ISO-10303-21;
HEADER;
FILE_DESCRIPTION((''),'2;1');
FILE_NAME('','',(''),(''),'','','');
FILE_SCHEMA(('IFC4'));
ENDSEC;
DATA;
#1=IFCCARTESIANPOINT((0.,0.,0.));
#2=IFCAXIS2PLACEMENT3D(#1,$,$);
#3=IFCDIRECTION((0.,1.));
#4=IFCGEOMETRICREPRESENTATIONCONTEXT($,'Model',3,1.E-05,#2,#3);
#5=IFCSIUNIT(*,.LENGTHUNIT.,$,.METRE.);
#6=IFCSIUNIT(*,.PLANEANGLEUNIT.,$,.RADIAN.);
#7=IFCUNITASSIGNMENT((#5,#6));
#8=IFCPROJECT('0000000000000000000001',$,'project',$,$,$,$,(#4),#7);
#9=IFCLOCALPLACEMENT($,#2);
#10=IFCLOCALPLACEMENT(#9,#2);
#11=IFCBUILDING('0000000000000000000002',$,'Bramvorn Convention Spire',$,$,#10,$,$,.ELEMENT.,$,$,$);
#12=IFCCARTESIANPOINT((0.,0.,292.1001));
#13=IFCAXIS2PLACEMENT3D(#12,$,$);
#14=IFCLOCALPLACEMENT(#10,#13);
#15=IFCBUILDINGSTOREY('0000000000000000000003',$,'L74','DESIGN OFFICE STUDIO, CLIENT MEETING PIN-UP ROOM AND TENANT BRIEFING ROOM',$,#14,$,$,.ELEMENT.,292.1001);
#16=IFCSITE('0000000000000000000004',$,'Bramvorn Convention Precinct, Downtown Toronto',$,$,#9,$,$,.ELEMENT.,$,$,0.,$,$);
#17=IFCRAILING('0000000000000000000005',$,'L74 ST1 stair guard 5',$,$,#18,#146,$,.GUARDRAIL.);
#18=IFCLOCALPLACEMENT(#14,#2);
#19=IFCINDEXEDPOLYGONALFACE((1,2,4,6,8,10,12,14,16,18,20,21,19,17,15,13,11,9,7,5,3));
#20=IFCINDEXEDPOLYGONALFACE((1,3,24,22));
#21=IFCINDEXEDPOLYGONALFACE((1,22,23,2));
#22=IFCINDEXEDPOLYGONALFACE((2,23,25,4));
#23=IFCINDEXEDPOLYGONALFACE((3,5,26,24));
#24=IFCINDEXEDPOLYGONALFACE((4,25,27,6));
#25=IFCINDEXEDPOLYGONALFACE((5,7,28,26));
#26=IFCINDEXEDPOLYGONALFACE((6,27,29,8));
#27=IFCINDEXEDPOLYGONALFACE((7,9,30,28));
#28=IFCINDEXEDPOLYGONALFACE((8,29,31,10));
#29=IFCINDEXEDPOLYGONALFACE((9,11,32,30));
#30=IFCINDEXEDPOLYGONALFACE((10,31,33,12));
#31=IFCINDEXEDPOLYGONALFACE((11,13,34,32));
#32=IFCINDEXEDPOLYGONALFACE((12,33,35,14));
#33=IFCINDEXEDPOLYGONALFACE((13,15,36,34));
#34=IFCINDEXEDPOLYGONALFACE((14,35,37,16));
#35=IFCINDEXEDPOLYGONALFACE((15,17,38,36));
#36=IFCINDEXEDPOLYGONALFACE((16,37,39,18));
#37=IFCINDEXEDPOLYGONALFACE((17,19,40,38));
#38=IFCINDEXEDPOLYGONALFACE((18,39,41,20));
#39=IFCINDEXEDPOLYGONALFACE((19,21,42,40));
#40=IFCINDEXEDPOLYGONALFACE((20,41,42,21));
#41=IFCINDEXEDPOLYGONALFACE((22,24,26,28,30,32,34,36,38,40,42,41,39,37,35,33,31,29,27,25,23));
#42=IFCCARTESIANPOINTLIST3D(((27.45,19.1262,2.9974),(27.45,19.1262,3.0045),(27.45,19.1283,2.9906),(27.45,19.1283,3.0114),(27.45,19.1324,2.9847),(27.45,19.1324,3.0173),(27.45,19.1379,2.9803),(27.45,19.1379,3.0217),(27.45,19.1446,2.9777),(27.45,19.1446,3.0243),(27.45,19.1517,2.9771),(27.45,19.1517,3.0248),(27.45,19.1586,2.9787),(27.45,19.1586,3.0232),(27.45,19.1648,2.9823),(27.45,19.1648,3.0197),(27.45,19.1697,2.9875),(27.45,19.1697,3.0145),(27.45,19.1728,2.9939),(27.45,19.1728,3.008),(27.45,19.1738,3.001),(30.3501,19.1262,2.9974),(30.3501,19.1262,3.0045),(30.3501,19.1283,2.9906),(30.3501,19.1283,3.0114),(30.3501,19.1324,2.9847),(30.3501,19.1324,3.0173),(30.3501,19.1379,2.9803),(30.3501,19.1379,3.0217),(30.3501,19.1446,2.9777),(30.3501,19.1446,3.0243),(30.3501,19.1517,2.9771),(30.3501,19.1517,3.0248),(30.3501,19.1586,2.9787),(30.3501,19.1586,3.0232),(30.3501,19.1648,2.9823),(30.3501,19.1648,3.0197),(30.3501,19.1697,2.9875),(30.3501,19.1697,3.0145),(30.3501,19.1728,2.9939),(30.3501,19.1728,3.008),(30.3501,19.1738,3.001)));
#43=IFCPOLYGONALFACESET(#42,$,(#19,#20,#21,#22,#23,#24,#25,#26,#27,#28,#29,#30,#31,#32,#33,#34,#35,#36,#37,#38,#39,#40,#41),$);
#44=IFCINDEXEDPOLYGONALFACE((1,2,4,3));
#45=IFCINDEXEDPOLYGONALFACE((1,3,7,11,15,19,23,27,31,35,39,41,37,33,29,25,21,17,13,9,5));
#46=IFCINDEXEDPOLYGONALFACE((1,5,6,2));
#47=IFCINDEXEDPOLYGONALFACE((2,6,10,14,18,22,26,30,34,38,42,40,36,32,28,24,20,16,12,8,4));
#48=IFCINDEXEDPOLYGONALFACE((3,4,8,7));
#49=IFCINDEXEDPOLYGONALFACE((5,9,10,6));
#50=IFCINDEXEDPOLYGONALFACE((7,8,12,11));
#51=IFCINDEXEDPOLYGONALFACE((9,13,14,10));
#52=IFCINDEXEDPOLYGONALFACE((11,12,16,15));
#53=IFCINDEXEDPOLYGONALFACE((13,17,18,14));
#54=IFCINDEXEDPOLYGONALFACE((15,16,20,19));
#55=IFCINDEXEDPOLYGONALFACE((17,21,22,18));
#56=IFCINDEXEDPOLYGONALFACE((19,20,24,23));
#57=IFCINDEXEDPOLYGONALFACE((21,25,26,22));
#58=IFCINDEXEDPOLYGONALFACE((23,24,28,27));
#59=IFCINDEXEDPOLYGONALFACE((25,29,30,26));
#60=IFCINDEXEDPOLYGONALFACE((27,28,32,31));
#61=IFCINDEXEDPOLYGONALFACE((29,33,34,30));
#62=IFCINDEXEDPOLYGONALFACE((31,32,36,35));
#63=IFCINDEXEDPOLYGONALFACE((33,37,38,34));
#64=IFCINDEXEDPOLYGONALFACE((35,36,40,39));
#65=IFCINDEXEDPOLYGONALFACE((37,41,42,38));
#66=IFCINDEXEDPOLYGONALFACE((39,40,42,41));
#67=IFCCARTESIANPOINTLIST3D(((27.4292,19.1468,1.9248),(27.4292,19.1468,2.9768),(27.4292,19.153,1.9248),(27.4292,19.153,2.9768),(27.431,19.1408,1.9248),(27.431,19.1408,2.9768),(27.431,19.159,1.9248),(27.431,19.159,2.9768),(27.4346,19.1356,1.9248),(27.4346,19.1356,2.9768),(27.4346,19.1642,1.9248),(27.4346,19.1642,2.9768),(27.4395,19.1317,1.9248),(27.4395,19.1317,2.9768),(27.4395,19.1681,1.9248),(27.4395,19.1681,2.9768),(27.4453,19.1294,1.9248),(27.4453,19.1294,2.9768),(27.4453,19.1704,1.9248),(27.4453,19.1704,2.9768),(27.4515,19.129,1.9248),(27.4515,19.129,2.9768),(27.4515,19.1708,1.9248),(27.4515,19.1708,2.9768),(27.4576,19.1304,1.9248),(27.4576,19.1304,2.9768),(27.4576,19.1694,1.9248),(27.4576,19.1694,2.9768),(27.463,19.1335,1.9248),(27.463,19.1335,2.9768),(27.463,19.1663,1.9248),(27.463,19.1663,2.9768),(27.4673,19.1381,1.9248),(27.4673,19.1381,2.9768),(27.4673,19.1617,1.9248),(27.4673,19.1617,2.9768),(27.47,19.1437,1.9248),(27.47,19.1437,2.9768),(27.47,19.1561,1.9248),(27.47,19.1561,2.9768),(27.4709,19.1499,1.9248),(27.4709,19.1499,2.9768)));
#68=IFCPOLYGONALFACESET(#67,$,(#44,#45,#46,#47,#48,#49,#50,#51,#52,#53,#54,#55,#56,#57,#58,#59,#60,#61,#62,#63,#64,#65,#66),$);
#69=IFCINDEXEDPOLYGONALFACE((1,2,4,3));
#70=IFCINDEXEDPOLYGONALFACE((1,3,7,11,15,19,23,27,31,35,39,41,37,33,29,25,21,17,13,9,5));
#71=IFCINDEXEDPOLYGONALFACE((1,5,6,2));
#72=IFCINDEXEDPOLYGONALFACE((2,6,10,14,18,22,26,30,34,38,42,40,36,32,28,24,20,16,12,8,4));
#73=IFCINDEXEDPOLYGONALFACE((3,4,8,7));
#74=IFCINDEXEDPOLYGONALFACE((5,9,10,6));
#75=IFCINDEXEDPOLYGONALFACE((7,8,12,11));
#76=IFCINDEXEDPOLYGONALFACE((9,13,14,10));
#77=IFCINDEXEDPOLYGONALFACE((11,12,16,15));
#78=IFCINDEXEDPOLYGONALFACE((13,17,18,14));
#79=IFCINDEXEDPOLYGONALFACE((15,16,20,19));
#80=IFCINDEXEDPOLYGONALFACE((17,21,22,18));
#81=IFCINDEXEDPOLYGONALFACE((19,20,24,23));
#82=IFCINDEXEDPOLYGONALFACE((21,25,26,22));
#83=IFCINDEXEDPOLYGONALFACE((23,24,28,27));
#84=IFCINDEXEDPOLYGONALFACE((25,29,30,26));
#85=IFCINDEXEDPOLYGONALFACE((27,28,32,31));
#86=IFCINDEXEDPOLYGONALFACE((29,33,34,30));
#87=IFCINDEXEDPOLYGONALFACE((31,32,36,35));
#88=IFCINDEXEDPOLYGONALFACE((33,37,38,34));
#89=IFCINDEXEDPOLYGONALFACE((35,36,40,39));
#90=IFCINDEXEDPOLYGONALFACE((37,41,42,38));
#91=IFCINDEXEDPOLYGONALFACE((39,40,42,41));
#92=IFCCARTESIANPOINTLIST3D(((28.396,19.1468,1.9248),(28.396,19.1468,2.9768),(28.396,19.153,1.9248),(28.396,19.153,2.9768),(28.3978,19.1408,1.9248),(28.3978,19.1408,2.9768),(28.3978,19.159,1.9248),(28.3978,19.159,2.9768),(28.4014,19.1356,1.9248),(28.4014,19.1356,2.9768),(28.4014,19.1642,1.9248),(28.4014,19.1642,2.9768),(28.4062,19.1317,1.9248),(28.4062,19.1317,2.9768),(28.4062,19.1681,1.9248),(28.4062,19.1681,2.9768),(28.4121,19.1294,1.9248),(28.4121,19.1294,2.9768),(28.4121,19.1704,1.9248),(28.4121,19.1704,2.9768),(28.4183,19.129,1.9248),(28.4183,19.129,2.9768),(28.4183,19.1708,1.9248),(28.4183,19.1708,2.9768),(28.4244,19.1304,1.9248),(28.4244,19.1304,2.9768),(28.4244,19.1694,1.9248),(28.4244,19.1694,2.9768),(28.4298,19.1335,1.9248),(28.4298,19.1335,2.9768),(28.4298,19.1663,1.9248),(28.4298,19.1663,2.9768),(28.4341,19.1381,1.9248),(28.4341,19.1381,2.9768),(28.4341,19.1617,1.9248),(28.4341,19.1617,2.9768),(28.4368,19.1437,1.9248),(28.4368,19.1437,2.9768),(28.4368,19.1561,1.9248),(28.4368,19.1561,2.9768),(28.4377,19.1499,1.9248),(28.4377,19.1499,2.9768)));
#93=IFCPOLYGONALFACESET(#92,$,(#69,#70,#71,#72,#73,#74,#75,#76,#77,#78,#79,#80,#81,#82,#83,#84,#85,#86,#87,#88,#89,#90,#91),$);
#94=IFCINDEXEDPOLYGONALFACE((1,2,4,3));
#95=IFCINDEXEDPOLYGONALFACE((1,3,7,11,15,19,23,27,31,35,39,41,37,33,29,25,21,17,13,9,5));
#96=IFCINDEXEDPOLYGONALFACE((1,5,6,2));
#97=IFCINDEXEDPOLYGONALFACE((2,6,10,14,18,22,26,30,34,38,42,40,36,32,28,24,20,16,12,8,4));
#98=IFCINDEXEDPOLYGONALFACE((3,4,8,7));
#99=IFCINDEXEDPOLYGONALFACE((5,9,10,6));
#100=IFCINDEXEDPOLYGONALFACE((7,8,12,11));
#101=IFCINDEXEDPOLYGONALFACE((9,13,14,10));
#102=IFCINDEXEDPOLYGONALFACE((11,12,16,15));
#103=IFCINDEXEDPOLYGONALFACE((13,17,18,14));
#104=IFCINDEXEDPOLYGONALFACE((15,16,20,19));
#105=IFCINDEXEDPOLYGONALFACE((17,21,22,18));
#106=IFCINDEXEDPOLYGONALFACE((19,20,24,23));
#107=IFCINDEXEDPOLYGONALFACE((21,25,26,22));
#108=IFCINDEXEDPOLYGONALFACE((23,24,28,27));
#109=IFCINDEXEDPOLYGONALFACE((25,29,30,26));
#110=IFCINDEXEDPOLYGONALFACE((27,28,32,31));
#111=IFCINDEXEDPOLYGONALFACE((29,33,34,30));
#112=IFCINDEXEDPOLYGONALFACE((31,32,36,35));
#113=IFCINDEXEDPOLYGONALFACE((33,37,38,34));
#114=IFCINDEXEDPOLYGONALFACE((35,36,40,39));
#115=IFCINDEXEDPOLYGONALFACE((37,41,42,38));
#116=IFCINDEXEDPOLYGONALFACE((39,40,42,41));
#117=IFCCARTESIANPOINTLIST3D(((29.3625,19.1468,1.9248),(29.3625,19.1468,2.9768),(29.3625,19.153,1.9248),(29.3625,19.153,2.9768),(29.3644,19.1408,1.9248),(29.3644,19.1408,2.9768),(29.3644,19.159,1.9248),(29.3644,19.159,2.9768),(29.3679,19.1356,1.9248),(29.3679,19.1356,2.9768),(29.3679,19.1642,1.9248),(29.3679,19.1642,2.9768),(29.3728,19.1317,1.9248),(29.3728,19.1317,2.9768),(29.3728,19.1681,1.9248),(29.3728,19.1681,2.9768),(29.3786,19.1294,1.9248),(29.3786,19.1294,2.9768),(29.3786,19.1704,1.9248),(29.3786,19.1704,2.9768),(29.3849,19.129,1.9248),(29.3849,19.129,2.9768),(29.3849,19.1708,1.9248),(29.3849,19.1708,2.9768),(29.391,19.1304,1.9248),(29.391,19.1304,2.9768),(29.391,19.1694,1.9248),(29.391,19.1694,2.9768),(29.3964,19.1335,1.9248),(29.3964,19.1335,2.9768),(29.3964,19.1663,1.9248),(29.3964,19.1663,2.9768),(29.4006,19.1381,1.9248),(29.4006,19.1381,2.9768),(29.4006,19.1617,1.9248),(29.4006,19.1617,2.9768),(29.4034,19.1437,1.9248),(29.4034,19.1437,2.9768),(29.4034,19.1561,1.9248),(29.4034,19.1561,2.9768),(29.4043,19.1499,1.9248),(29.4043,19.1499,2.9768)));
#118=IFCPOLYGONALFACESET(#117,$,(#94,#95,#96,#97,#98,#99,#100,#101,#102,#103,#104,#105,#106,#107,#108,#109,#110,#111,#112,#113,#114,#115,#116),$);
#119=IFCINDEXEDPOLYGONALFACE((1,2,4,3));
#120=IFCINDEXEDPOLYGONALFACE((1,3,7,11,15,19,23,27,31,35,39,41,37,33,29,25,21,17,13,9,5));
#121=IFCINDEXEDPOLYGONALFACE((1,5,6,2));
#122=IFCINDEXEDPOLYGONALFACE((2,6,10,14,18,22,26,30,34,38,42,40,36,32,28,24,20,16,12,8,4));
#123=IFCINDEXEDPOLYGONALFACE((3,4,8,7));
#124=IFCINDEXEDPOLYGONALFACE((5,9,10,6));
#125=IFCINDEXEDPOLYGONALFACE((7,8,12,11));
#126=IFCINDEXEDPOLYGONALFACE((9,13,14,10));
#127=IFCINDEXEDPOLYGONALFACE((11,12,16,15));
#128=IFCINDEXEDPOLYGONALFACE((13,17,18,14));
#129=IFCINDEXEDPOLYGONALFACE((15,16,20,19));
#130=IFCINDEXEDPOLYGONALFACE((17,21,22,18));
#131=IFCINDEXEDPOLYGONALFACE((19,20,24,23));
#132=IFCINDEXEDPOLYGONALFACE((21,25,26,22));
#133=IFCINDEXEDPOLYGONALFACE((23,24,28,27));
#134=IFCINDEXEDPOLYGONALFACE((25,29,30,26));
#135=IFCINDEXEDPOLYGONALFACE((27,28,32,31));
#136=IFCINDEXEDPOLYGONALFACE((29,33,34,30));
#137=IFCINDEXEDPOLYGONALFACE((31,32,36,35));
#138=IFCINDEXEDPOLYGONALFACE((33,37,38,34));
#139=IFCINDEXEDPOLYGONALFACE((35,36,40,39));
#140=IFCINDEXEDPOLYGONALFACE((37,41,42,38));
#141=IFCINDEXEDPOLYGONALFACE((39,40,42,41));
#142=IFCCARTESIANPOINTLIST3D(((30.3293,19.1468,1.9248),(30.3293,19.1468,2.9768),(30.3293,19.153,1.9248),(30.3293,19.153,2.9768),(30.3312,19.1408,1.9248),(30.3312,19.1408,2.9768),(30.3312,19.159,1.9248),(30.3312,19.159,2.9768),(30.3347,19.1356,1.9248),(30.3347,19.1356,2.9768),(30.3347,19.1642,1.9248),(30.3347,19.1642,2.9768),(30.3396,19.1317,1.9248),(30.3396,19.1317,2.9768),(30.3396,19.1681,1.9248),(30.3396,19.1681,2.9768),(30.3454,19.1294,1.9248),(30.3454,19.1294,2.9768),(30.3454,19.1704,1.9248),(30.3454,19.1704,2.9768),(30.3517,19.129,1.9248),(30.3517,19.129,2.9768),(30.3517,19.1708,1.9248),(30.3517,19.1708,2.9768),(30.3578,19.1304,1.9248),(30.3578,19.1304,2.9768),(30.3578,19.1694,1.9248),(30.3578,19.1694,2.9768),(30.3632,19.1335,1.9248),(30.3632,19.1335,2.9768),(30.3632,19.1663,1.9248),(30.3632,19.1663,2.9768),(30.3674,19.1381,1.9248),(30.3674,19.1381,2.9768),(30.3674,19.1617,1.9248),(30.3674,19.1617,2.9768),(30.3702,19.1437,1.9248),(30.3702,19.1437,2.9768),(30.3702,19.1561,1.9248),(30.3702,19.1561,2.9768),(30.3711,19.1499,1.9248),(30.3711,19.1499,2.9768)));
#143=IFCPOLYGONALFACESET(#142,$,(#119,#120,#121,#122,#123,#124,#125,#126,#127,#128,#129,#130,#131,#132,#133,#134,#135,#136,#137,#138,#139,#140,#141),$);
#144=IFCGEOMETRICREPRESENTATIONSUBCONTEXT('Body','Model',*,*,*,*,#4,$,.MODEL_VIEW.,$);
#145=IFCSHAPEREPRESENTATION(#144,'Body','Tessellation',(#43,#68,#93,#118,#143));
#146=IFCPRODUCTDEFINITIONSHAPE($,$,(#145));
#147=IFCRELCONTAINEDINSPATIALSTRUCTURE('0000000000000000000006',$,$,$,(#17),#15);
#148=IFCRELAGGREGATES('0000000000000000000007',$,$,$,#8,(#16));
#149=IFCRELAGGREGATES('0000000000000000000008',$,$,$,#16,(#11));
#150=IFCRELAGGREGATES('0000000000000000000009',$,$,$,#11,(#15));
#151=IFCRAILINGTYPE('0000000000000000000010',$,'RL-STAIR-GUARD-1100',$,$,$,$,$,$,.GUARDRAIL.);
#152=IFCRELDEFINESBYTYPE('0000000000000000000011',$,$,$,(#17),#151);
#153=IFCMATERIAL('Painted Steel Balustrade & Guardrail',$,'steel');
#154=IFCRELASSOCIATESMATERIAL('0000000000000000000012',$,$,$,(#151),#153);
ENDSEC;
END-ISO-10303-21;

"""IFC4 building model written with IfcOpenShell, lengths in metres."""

from ifc_helpers import new_model, si_unit, direction, frame, origin, origin_2d, place, context, subcontext, project, spatial, circle, extrude, material, type_object, element, save


model = new_model("IFC4")

# Units and contexts
model_context = context("Model", 3, precision=1e-05, world=origin(), true_north=direction((0.0, 1.0)))
body_context = subcontext(model_context, "Body", "Model", "MODEL_VIEW")
ifc_project = project(units=[si_unit("LENGTHUNIT", "METRE"), si_unit("PLANEANGLEUNIT", "RADIAN")], contexts=[model_context])

# Site, building, storey
site_placement = place(None, origin())
site = spatial("IfcSite", under=ifc_project, at=site_placement, Name="Bramvorn Convention Precinct, Downtown Toronto", CompositionType="ELEMENT", RefElevation=0.0)
building_placement = place(site_placement, origin())
building = spatial("IfcBuilding", under=site, at=building_placement, Name="Bramvorn Convention Spire", CompositionType="ELEMENT")
storey_placement = place(building_placement, frame((0.0, 0.0, 292.1001)))
storey = spatial("IfcBuildingStorey", under=building, at=storey_placement, Name="L74", Description="DESIGN OFFICE STUDIO, CLIENT MEETING PIN-UP ROOM AND TENANT BRIEFING ROOM", CompositionType="ELEMENT", Elevation=292.1001)

# Railing
ifc_material_1 = material(Name="Painted Steel Balustrade & Guardrail", Category="steel")
railing_type_1 = type_object("IfcRailingType", Name="RL-STAIR-GUARD-1100", PredefinedType="GUARDRAIL", material=ifc_material_1)
railing_1_placement = place(storey_placement, frame((27.45, 19.1499, 1.9248)))
element("IfcRailing", 1, at=railing_1_placement, inside=storey, type_object=railing_type_1, Name="L74 ST1 stair guard 5", PredefinedType="GUARDRAIL", context=body_context, shape_type="SweptSolid", body=[
    extrude(circle(Radius=0.0239, at=origin_2d()), frame((0.0, 0.0, 1.0762), z_axis=(1.0, 0.0, 0.0), x_axis=(0.0, 1.0, 0.0)), (0.0, 0.0, 1.0), 2.9001),
    extrude(circle(Radius=0.021, at=origin_2d()), origin(), (0.0, 0.0, 1.0), 1.052),
    extrude(circle(Radius=0.021, at=origin_2d()), frame((0.9668, 0.0, 0.0)), (0.0, 0.0, 1.0), 1.052),
    extrude(circle(Radius=0.021, at=origin_2d()), frame((1.9333, 0.0, 0.0)), (0.0, 0.0, 1.0), 1.052),
    extrude(circle(Radius=0.021, at=origin_2d()), frame((2.9001, 0.0, 0.0)), (0.0, 0.0, 1.0), 1.052),
])

save(model, "model.ifc")
